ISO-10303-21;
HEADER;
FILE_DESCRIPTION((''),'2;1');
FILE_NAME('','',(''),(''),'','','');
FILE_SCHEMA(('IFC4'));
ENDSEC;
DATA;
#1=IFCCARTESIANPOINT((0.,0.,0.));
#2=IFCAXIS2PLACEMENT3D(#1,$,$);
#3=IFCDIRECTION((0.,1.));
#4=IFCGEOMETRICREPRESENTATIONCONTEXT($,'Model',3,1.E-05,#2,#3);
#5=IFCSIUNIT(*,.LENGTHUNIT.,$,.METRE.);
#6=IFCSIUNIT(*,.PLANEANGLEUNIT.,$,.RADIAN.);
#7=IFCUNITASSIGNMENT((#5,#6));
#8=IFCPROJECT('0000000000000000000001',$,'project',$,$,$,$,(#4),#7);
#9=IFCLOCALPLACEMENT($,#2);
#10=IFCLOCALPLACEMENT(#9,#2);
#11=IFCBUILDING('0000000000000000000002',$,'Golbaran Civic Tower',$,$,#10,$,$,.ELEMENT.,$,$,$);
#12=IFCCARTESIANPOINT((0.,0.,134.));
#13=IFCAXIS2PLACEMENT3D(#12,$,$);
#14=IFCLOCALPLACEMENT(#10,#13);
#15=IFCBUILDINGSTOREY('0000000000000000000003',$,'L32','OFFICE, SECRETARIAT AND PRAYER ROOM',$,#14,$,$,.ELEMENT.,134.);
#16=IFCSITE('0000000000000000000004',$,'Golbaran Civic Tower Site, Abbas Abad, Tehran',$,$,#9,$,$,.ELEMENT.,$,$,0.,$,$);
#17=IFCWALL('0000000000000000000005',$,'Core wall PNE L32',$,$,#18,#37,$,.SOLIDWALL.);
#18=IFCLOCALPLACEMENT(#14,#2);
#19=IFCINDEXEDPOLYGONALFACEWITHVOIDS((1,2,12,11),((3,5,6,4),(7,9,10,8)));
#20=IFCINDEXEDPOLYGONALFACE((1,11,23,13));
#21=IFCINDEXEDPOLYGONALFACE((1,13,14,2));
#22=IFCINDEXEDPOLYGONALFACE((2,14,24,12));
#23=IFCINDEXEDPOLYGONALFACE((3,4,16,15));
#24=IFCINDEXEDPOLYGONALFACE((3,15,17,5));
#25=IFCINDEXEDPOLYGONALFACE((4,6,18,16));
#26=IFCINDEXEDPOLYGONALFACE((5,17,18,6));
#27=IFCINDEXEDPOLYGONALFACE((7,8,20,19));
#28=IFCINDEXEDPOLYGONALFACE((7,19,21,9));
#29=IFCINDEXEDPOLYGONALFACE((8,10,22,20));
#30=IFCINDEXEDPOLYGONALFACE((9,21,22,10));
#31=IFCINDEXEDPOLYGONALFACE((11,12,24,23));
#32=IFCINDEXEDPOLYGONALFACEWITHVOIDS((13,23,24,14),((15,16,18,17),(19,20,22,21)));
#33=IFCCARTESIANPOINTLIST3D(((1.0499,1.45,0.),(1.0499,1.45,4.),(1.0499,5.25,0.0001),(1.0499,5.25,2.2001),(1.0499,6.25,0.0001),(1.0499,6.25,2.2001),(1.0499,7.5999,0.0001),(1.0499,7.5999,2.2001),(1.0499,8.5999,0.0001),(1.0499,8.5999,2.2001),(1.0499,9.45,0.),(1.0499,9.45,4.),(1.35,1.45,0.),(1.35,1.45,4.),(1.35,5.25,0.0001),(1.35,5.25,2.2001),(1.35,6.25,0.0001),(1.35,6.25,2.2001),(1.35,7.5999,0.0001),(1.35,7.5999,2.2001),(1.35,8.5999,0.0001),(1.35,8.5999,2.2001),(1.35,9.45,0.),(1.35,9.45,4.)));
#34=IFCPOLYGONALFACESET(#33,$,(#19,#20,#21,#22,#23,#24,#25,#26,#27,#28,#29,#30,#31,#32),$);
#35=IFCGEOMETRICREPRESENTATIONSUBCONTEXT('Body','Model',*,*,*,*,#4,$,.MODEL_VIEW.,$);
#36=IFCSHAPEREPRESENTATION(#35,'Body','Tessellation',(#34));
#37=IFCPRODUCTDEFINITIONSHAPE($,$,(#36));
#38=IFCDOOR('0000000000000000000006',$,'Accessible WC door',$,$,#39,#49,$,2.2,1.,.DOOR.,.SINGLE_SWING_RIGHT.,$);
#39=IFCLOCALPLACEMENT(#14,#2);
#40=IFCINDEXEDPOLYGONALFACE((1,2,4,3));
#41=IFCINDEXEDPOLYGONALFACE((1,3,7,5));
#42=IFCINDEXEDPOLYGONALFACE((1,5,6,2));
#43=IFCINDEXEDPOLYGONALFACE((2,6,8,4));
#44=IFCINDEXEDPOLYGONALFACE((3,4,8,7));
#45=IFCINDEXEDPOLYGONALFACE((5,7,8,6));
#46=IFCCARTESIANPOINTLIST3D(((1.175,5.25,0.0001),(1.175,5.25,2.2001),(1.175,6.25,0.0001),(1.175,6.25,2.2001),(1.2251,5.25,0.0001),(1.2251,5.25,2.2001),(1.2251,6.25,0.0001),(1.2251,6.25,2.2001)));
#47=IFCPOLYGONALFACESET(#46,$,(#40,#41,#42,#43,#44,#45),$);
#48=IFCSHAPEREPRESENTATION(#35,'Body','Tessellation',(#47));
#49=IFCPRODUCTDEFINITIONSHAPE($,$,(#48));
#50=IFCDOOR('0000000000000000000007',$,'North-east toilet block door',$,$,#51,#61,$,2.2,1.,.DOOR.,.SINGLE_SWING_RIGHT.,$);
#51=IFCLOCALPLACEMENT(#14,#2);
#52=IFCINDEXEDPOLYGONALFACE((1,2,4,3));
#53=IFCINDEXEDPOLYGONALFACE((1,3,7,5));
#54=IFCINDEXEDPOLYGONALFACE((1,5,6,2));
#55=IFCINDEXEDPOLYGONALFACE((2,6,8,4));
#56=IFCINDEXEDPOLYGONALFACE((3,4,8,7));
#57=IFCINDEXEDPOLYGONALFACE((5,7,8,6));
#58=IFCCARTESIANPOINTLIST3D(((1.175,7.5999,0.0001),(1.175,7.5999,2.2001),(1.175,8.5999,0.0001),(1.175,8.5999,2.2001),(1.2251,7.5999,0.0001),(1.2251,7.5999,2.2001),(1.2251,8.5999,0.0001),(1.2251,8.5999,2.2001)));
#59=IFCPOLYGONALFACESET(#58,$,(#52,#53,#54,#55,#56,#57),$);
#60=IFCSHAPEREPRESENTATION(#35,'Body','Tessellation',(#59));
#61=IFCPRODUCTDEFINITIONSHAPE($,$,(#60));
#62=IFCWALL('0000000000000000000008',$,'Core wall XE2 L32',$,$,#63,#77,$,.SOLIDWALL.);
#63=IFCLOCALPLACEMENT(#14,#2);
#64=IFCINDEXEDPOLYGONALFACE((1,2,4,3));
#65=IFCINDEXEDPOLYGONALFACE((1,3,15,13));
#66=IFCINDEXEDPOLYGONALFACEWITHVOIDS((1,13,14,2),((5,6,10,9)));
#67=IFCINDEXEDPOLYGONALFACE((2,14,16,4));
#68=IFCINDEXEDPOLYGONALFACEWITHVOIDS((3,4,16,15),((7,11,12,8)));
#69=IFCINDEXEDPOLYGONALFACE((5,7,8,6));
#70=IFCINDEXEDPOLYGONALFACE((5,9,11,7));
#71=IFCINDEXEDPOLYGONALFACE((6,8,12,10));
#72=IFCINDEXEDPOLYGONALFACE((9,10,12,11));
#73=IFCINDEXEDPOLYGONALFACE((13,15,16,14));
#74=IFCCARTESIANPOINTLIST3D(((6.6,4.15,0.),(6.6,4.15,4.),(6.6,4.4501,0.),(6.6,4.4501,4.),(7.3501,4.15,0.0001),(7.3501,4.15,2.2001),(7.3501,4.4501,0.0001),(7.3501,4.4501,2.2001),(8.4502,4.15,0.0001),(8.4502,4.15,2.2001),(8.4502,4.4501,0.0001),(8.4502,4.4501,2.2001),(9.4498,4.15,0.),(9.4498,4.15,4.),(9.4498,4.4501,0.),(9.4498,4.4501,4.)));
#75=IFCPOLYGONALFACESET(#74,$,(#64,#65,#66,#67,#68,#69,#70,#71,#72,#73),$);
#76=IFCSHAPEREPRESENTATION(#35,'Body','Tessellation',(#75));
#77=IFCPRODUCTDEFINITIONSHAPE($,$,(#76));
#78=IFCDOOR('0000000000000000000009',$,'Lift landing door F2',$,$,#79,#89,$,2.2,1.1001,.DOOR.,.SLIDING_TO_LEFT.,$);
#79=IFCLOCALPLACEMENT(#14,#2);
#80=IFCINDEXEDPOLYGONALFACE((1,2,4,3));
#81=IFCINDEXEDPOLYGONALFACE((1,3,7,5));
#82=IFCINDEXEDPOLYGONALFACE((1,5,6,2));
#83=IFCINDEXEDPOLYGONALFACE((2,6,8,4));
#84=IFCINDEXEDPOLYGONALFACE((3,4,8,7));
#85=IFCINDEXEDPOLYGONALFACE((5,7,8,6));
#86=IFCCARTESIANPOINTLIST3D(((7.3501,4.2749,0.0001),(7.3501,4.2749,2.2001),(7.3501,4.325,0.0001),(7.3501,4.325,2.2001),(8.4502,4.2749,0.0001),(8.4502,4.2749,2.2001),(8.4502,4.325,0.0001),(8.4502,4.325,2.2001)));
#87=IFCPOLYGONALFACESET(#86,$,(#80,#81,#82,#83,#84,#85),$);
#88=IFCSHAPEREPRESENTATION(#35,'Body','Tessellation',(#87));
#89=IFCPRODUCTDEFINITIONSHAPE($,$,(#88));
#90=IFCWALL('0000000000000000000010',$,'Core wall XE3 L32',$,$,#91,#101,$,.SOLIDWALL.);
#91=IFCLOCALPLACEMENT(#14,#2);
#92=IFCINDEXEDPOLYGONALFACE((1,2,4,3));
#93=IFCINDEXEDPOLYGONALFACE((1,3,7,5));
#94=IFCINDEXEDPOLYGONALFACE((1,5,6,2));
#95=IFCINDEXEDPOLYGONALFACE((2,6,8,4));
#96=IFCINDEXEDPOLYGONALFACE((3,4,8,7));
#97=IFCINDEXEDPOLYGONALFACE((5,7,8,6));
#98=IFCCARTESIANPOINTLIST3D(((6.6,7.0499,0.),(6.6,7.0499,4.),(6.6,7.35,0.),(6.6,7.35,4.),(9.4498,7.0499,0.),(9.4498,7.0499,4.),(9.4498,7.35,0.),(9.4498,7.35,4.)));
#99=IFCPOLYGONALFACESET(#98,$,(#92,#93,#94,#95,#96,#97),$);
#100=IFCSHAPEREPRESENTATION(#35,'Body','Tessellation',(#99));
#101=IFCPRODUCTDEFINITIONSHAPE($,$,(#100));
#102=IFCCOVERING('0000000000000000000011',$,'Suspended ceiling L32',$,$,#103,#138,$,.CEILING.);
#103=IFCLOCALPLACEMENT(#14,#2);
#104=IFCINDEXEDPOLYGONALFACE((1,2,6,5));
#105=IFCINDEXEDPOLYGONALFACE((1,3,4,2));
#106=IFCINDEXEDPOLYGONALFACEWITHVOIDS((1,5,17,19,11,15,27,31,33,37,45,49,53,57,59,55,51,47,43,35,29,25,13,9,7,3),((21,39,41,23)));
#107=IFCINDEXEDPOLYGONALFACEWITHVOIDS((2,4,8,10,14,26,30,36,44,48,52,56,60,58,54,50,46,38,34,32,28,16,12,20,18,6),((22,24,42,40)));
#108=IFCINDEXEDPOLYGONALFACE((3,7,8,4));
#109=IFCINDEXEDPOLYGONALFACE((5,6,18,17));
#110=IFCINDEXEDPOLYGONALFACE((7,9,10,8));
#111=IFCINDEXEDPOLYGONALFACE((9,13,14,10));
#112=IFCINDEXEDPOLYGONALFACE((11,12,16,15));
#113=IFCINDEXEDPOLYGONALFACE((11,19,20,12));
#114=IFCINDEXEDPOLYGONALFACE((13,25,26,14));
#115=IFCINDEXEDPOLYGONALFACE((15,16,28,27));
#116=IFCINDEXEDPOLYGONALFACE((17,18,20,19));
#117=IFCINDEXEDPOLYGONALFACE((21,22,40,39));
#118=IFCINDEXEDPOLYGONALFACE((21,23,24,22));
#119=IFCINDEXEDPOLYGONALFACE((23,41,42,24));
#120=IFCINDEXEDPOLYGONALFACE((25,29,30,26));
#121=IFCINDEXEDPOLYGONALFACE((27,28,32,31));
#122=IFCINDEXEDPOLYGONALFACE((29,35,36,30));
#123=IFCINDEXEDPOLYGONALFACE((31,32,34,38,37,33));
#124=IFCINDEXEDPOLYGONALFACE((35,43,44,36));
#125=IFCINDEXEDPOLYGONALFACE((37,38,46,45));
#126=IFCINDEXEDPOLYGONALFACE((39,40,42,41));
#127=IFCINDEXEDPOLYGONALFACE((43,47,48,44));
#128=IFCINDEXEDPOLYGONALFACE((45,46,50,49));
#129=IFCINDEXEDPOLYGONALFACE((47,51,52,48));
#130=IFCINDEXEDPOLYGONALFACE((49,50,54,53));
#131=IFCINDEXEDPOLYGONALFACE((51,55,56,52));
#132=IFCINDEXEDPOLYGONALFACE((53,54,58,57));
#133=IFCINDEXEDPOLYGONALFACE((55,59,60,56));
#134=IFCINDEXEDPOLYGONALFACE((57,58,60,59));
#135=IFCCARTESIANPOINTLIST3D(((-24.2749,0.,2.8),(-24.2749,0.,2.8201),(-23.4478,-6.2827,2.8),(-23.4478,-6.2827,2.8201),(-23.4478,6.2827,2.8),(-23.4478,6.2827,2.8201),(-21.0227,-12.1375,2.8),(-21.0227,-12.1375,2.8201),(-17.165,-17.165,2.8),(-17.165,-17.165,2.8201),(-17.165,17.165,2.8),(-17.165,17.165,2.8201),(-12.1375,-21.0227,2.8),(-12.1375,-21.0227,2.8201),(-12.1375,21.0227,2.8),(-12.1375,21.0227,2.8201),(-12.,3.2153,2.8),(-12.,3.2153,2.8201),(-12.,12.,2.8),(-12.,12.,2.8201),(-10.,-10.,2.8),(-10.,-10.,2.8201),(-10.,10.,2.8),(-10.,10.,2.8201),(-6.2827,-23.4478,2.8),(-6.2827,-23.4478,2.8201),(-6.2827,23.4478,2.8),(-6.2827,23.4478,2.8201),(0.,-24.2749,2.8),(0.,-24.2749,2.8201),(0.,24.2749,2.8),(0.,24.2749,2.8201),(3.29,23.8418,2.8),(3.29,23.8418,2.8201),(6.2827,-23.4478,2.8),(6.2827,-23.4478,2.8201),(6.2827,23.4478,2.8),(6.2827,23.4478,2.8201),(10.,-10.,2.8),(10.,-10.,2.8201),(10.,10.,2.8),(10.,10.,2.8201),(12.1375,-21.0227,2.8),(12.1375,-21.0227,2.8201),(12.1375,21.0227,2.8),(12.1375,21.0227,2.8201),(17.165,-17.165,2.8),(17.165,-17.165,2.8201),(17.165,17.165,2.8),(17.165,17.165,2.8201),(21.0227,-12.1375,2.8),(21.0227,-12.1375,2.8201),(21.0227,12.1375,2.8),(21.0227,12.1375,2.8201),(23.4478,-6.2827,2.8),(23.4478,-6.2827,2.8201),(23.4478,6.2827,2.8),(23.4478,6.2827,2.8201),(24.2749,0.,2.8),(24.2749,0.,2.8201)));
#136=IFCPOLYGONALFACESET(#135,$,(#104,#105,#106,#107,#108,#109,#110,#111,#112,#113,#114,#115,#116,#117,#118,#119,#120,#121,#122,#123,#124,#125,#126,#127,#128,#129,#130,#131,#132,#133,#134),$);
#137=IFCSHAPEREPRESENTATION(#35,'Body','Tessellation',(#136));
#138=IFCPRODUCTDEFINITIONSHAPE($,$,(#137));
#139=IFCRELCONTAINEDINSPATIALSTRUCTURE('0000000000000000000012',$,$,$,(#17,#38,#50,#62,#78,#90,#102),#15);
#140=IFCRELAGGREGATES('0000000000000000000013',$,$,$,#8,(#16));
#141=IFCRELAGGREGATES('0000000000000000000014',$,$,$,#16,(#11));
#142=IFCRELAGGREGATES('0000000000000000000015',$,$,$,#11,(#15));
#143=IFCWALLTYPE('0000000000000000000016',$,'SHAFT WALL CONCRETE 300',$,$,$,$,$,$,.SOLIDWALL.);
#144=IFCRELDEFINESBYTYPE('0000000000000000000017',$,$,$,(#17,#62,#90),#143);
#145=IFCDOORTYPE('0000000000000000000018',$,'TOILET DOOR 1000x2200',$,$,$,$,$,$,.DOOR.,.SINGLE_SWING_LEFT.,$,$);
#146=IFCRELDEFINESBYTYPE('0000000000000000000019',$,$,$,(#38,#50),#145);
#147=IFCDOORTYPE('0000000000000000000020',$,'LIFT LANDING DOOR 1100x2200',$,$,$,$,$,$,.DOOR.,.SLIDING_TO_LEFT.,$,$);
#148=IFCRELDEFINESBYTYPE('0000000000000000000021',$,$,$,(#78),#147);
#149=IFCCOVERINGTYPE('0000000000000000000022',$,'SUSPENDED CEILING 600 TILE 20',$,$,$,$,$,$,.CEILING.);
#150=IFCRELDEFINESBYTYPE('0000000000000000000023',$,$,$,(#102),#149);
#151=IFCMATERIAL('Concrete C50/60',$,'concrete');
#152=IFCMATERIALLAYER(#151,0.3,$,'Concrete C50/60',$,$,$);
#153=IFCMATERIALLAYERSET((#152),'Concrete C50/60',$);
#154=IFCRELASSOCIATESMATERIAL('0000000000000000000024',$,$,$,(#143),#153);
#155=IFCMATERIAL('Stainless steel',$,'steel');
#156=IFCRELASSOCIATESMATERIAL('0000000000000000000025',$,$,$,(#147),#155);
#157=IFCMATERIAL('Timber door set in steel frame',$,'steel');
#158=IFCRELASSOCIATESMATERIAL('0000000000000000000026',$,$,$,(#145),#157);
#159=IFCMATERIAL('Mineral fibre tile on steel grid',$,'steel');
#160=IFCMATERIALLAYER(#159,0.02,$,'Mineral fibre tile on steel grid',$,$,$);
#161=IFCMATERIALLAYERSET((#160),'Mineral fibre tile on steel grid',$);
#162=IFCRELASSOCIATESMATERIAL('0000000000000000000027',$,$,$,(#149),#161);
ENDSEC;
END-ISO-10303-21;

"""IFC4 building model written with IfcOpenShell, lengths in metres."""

from ifc_helpers import new_model, si_unit, direction, frame, frame_2d, origin, place, context, subcontext, project, spatial, polyline, rectangle, outline, extrude, material, layer, layer_set, type_object, element, fill, save


model = new_model("IFC4")

# Units and contexts
model_context = context("Model", 3, precision=1e-05, world=origin(), true_north=direction((0.0, 1.0)))
body_context = subcontext(model_context, "Body", "Model", "MODEL_VIEW")
ifc_project = project(units=[si_unit("LENGTHUNIT", "METRE"), si_unit("PLANEANGLEUNIT", "RADIAN")], contexts=[model_context])

# Site, building, storey
site_placement = place(None, origin())
site = spatial("IfcSite", under=ifc_project, at=site_placement, Name="Golbaran Civic Tower Site, Abbas Abad, Tehran", CompositionType="ELEMENT", RefElevation=0.0)
building_placement = place(site_placement, origin())
building = spatial("IfcBuilding", under=site, at=building_placement, Name="Golbaran Civic Tower", CompositionType="ELEMENT")
storey_placement = place(building_placement, frame((0.0, 0.0, 134.0)))
storey = spatial("IfcBuildingStorey", under=building, at=storey_placement, Name="L32", Description="OFFICE, SECRETARIAT AND PRAYER ROOM", CompositionType="ELEMENT", Elevation=134.0)

# Shared definitions
ifc_material_1 = material(Name="Timber door set in steel frame", Category="steel")

# Shared definitions
ifc_material_2 = material(Name="Concrete C50/60", Category="concrete")

# Shared definitions
ifc_layer_1 = layer(ifc_material_2, 0.3, Name="Concrete C50/60")
ifc_layer_set_1 = layer_set([ifc_layer_1], Name="Concrete C50/60")
wall_type_1 = type_object("IfcWallType", Name="SHAFT WALL CONCRETE 300", PredefinedType="SOLIDWALL", material=ifc_layer_set_1)
ifc_material_3 = material(Name="Stainless steel", Category="steel")
door_type_1 = type_object("IfcDoorType", Name="LIFT LANDING DOOR 1100x2200", OperationType="SLIDING_TO_LEFT", PredefinedType="DOOR", material=ifc_material_3)

# Wall, openings, doors
wall_1_placement = place(storey_placement, frame((1.2, 1.45, 0.0), z_axis=(0.0, 0.0, 1.0), x_axis=(0.0, 1.0, 0.0)))
wall_1 = element("IfcWall", 1, at=wall_1_placement, inside=storey, type_object=wall_type_1, Name="Core wall PNE L32", PredefinedType="SOLIDWALL", context=body_context, shape_type="SweptSolid", body=[
    extrude(rectangle(XDim=8.0, YDim=0.3, at=frame_2d((4.0, 0.0))), origin(), (0.0, 0.0, 1.0), 4.0),
])
opening_1_placement = place(wall_1_placement, frame((3.8, 0.0, 0.0)))
opening_1 = element("IfcOpeningElement", 2, at=opening_1_placement, cuts=wall_1, PredefinedType="OPENING", context=body_context, shape_type="SweptSolid", body=[
    extrude(rectangle(XDim=1.0, YDim=2.2, at=frame_2d((0.5, 1.1001))), frame((0.0, 0.1599, 0.0), z_axis=(0.0, -1.0, 0.0), x_axis=(1.0, 0.0, 0.0)), (0.0, 0.0, 1.0), 0.3201),
])
opening_2_placement = place(wall_1_placement, frame((6.1499, 0.0, 0.0)))
opening_2 = element("IfcOpeningElement", 3, at=opening_2_placement, cuts=wall_1, PredefinedType="OPENING", context=body_context, shape_type="SweptSolid", body=[
    extrude(rectangle(XDim=1.0, YDim=2.2, at=frame_2d((0.5, 1.1001))), frame((0.0, 0.1599, 0.0), z_axis=(0.0, -1.0, 0.0), x_axis=(1.0, 0.0, 0.0)), (0.0, 0.0, 1.0), 0.3201),
])
door_type_2 = type_object("IfcDoorType", Name="TOILET DOOR 1000x2200", OperationType="SINGLE_SWING_LEFT", PredefinedType="DOOR", material=ifc_material_1)
door_1_placement = place(opening_1_placement, origin())
door_1 = element("IfcDoor", 4, at=door_1_placement, inside=storey, type_object=door_type_2, Name="Accessible WC door", OperationType="SINGLE_SWING_RIGHT", OverallHeight=2.2, OverallWidth=1.0, PredefinedType="DOOR", context=body_context, shape_type="SweptSolid", body=[
    extrude(rectangle(XDim=1.0, YDim=2.2, at=frame_2d((0.5, 1.1001))), frame((0.0, 0.0249, 0.0), z_axis=(0.0, -1.0, 0.0), x_axis=(1.0, 0.0, 0.0)), (0.0, 0.0, 1.0), 0.05),
])
fill(opening_1, door_1)
door_2_placement = place(opening_2_placement, origin())
door_2 = element("IfcDoor", 5, at=door_2_placement, inside=storey, type_object=door_type_2, Name="North-east toilet block door", OperationType="SINGLE_SWING_RIGHT", OverallHeight=2.2, OverallWidth=1.0, PredefinedType="DOOR", context=body_context, shape_type="SweptSolid", body=[
    extrude(rectangle(XDim=1.0, YDim=2.2, at=frame_2d((0.5, 1.1001))), frame((0.0, 0.0249, 0.0), z_axis=(0.0, -1.0, 0.0), x_axis=(1.0, 0.0, 0.0)), (0.0, 0.0, 1.0), 0.05),
])
fill(opening_2, door_2)

# Wall, opening, door
wall_2_placement = place(storey_placement, frame((6.6001, 4.3, 0.0), z_axis=(0.0, 0.0, 1.0), x_axis=(1.0, 0.0, 0.0)))
wall_2 = element("IfcWall", 6, at=wall_2_placement, inside=storey, type_object=wall_type_1, Name="Core wall XE2 L32", PredefinedType="SOLIDWALL", context=body_context, shape_type="SweptSolid", body=[
    extrude(rectangle(XDim=2.8499, YDim=0.3, at=frame_2d((1.4248, 0.0))), origin(), (0.0, 0.0, 1.0), 4.0),
])
opening_3_placement = place(wall_2_placement, frame((0.75, 0.0, 0.0)))
opening_3 = element("IfcOpeningElement", 7, at=opening_3_placement, cuts=wall_2, PredefinedType="OPENING", context=body_context, shape_type="SweptSolid", body=[
    extrude(rectangle(XDim=1.1001, YDim=2.2, at=frame_2d((0.55, 1.1001))), frame((0.0, 0.1599, 0.0), z_axis=(0.0, -1.0, 0.0), x_axis=(1.0, 0.0, 0.0)), (0.0, 0.0, 1.0), 0.3201),
])
door_3_placement = place(opening_3_placement, origin())
door_3 = element("IfcDoor", 8, at=door_3_placement, inside=storey, type_object=door_type_1, Name="Lift landing door F2", OperationType="SLIDING_TO_LEFT", OverallHeight=2.2, OverallWidth=1.1001, PredefinedType="DOOR", context=body_context, shape_type="SweptSolid", body=[
    extrude(rectangle(XDim=1.1001, YDim=2.2, at=frame_2d((0.55, 1.1001))), frame((0.0, 0.0249, 0.0), z_axis=(0.0, -1.0, 0.0), x_axis=(1.0, 0.0, 0.0)), (0.0, 0.0, 1.0), 0.05),
])
fill(opening_3, door_3)

# Wall
wall_3_placement = place(storey_placement, frame((6.6001, 7.2, 0.0), z_axis=(0.0, 0.0, 1.0), x_axis=(1.0, 0.0, 0.0)))
element("IfcWall", 9, at=wall_3_placement, inside=storey, type_object=wall_type_1, Name="Core wall XE3 L32", PredefinedType="SOLIDWALL", context=body_context, shape_type="SweptSolid", body=[
    extrude(rectangle(XDim=2.8499, YDim=0.3, at=frame_2d((1.4248, 0.0))), origin(), (0.0, 0.0, 1.0), 4.0),
])

# Covering
ifc_material_4 = material(Name="Mineral fibre tile on steel grid", Category="steel")
ifc_layer_2 = layer(ifc_material_4, 0.02, Name="Mineral fibre tile on steel grid")
ifc_layer_set_2 = layer_set([ifc_layer_2], Name="Mineral fibre tile on steel grid")
covering_type = type_object("IfcCoveringType", Name="SUSPENDED CEILING 600 TILE 20", PredefinedType="CEILING", material=ifc_layer_set_2)
covering_placement = place(storey_placement, frame((0.0, 0.0, 2.8)))
element("IfcCovering", 10, at=covering_placement, inside=storey, type_object=covering_type, Name="Suspended ceiling L32", PredefinedType="CEILING", context=body_context, shape_type="SweptSolid", body=[
    extrude(outline(polyline([(-24.2749, 0.0), (-23.4478, 6.2827), (-12.0, 3.2153), (-12.0, 12.0), (-17.165, 17.165), (-12.1375, 21.0227), (-6.2827, 23.4478), (0.0, 24.2749), (3.29, 23.8418), (6.2827, 23.4478), (12.1375, 21.0227), (17.165, 17.165), (21.0227, 12.1375), (23.4478, 6.2827), (24.2749, 0.0), (23.4478, -6.2827), (21.0227, -12.1375), (17.165, -17.165), (12.1375, -21.0227), (6.2827, -23.4478), (0.0, -24.2749), (-6.2827, -23.4478), (-12.1375, -21.0227), (-17.165, -17.165), (-21.0227, -12.1375), (-23.4478, -6.2827), (-24.2749, 0.0)]), holes=[polyline([(-10.0, -10.0), (10.0, -10.0), (10.0, 10.0), (-10.0, 10.0), (-10.0, -10.0)])]), origin(), (0.0, 0.0, 1.0), 0.02),
])

save(model, "model.ifc")
